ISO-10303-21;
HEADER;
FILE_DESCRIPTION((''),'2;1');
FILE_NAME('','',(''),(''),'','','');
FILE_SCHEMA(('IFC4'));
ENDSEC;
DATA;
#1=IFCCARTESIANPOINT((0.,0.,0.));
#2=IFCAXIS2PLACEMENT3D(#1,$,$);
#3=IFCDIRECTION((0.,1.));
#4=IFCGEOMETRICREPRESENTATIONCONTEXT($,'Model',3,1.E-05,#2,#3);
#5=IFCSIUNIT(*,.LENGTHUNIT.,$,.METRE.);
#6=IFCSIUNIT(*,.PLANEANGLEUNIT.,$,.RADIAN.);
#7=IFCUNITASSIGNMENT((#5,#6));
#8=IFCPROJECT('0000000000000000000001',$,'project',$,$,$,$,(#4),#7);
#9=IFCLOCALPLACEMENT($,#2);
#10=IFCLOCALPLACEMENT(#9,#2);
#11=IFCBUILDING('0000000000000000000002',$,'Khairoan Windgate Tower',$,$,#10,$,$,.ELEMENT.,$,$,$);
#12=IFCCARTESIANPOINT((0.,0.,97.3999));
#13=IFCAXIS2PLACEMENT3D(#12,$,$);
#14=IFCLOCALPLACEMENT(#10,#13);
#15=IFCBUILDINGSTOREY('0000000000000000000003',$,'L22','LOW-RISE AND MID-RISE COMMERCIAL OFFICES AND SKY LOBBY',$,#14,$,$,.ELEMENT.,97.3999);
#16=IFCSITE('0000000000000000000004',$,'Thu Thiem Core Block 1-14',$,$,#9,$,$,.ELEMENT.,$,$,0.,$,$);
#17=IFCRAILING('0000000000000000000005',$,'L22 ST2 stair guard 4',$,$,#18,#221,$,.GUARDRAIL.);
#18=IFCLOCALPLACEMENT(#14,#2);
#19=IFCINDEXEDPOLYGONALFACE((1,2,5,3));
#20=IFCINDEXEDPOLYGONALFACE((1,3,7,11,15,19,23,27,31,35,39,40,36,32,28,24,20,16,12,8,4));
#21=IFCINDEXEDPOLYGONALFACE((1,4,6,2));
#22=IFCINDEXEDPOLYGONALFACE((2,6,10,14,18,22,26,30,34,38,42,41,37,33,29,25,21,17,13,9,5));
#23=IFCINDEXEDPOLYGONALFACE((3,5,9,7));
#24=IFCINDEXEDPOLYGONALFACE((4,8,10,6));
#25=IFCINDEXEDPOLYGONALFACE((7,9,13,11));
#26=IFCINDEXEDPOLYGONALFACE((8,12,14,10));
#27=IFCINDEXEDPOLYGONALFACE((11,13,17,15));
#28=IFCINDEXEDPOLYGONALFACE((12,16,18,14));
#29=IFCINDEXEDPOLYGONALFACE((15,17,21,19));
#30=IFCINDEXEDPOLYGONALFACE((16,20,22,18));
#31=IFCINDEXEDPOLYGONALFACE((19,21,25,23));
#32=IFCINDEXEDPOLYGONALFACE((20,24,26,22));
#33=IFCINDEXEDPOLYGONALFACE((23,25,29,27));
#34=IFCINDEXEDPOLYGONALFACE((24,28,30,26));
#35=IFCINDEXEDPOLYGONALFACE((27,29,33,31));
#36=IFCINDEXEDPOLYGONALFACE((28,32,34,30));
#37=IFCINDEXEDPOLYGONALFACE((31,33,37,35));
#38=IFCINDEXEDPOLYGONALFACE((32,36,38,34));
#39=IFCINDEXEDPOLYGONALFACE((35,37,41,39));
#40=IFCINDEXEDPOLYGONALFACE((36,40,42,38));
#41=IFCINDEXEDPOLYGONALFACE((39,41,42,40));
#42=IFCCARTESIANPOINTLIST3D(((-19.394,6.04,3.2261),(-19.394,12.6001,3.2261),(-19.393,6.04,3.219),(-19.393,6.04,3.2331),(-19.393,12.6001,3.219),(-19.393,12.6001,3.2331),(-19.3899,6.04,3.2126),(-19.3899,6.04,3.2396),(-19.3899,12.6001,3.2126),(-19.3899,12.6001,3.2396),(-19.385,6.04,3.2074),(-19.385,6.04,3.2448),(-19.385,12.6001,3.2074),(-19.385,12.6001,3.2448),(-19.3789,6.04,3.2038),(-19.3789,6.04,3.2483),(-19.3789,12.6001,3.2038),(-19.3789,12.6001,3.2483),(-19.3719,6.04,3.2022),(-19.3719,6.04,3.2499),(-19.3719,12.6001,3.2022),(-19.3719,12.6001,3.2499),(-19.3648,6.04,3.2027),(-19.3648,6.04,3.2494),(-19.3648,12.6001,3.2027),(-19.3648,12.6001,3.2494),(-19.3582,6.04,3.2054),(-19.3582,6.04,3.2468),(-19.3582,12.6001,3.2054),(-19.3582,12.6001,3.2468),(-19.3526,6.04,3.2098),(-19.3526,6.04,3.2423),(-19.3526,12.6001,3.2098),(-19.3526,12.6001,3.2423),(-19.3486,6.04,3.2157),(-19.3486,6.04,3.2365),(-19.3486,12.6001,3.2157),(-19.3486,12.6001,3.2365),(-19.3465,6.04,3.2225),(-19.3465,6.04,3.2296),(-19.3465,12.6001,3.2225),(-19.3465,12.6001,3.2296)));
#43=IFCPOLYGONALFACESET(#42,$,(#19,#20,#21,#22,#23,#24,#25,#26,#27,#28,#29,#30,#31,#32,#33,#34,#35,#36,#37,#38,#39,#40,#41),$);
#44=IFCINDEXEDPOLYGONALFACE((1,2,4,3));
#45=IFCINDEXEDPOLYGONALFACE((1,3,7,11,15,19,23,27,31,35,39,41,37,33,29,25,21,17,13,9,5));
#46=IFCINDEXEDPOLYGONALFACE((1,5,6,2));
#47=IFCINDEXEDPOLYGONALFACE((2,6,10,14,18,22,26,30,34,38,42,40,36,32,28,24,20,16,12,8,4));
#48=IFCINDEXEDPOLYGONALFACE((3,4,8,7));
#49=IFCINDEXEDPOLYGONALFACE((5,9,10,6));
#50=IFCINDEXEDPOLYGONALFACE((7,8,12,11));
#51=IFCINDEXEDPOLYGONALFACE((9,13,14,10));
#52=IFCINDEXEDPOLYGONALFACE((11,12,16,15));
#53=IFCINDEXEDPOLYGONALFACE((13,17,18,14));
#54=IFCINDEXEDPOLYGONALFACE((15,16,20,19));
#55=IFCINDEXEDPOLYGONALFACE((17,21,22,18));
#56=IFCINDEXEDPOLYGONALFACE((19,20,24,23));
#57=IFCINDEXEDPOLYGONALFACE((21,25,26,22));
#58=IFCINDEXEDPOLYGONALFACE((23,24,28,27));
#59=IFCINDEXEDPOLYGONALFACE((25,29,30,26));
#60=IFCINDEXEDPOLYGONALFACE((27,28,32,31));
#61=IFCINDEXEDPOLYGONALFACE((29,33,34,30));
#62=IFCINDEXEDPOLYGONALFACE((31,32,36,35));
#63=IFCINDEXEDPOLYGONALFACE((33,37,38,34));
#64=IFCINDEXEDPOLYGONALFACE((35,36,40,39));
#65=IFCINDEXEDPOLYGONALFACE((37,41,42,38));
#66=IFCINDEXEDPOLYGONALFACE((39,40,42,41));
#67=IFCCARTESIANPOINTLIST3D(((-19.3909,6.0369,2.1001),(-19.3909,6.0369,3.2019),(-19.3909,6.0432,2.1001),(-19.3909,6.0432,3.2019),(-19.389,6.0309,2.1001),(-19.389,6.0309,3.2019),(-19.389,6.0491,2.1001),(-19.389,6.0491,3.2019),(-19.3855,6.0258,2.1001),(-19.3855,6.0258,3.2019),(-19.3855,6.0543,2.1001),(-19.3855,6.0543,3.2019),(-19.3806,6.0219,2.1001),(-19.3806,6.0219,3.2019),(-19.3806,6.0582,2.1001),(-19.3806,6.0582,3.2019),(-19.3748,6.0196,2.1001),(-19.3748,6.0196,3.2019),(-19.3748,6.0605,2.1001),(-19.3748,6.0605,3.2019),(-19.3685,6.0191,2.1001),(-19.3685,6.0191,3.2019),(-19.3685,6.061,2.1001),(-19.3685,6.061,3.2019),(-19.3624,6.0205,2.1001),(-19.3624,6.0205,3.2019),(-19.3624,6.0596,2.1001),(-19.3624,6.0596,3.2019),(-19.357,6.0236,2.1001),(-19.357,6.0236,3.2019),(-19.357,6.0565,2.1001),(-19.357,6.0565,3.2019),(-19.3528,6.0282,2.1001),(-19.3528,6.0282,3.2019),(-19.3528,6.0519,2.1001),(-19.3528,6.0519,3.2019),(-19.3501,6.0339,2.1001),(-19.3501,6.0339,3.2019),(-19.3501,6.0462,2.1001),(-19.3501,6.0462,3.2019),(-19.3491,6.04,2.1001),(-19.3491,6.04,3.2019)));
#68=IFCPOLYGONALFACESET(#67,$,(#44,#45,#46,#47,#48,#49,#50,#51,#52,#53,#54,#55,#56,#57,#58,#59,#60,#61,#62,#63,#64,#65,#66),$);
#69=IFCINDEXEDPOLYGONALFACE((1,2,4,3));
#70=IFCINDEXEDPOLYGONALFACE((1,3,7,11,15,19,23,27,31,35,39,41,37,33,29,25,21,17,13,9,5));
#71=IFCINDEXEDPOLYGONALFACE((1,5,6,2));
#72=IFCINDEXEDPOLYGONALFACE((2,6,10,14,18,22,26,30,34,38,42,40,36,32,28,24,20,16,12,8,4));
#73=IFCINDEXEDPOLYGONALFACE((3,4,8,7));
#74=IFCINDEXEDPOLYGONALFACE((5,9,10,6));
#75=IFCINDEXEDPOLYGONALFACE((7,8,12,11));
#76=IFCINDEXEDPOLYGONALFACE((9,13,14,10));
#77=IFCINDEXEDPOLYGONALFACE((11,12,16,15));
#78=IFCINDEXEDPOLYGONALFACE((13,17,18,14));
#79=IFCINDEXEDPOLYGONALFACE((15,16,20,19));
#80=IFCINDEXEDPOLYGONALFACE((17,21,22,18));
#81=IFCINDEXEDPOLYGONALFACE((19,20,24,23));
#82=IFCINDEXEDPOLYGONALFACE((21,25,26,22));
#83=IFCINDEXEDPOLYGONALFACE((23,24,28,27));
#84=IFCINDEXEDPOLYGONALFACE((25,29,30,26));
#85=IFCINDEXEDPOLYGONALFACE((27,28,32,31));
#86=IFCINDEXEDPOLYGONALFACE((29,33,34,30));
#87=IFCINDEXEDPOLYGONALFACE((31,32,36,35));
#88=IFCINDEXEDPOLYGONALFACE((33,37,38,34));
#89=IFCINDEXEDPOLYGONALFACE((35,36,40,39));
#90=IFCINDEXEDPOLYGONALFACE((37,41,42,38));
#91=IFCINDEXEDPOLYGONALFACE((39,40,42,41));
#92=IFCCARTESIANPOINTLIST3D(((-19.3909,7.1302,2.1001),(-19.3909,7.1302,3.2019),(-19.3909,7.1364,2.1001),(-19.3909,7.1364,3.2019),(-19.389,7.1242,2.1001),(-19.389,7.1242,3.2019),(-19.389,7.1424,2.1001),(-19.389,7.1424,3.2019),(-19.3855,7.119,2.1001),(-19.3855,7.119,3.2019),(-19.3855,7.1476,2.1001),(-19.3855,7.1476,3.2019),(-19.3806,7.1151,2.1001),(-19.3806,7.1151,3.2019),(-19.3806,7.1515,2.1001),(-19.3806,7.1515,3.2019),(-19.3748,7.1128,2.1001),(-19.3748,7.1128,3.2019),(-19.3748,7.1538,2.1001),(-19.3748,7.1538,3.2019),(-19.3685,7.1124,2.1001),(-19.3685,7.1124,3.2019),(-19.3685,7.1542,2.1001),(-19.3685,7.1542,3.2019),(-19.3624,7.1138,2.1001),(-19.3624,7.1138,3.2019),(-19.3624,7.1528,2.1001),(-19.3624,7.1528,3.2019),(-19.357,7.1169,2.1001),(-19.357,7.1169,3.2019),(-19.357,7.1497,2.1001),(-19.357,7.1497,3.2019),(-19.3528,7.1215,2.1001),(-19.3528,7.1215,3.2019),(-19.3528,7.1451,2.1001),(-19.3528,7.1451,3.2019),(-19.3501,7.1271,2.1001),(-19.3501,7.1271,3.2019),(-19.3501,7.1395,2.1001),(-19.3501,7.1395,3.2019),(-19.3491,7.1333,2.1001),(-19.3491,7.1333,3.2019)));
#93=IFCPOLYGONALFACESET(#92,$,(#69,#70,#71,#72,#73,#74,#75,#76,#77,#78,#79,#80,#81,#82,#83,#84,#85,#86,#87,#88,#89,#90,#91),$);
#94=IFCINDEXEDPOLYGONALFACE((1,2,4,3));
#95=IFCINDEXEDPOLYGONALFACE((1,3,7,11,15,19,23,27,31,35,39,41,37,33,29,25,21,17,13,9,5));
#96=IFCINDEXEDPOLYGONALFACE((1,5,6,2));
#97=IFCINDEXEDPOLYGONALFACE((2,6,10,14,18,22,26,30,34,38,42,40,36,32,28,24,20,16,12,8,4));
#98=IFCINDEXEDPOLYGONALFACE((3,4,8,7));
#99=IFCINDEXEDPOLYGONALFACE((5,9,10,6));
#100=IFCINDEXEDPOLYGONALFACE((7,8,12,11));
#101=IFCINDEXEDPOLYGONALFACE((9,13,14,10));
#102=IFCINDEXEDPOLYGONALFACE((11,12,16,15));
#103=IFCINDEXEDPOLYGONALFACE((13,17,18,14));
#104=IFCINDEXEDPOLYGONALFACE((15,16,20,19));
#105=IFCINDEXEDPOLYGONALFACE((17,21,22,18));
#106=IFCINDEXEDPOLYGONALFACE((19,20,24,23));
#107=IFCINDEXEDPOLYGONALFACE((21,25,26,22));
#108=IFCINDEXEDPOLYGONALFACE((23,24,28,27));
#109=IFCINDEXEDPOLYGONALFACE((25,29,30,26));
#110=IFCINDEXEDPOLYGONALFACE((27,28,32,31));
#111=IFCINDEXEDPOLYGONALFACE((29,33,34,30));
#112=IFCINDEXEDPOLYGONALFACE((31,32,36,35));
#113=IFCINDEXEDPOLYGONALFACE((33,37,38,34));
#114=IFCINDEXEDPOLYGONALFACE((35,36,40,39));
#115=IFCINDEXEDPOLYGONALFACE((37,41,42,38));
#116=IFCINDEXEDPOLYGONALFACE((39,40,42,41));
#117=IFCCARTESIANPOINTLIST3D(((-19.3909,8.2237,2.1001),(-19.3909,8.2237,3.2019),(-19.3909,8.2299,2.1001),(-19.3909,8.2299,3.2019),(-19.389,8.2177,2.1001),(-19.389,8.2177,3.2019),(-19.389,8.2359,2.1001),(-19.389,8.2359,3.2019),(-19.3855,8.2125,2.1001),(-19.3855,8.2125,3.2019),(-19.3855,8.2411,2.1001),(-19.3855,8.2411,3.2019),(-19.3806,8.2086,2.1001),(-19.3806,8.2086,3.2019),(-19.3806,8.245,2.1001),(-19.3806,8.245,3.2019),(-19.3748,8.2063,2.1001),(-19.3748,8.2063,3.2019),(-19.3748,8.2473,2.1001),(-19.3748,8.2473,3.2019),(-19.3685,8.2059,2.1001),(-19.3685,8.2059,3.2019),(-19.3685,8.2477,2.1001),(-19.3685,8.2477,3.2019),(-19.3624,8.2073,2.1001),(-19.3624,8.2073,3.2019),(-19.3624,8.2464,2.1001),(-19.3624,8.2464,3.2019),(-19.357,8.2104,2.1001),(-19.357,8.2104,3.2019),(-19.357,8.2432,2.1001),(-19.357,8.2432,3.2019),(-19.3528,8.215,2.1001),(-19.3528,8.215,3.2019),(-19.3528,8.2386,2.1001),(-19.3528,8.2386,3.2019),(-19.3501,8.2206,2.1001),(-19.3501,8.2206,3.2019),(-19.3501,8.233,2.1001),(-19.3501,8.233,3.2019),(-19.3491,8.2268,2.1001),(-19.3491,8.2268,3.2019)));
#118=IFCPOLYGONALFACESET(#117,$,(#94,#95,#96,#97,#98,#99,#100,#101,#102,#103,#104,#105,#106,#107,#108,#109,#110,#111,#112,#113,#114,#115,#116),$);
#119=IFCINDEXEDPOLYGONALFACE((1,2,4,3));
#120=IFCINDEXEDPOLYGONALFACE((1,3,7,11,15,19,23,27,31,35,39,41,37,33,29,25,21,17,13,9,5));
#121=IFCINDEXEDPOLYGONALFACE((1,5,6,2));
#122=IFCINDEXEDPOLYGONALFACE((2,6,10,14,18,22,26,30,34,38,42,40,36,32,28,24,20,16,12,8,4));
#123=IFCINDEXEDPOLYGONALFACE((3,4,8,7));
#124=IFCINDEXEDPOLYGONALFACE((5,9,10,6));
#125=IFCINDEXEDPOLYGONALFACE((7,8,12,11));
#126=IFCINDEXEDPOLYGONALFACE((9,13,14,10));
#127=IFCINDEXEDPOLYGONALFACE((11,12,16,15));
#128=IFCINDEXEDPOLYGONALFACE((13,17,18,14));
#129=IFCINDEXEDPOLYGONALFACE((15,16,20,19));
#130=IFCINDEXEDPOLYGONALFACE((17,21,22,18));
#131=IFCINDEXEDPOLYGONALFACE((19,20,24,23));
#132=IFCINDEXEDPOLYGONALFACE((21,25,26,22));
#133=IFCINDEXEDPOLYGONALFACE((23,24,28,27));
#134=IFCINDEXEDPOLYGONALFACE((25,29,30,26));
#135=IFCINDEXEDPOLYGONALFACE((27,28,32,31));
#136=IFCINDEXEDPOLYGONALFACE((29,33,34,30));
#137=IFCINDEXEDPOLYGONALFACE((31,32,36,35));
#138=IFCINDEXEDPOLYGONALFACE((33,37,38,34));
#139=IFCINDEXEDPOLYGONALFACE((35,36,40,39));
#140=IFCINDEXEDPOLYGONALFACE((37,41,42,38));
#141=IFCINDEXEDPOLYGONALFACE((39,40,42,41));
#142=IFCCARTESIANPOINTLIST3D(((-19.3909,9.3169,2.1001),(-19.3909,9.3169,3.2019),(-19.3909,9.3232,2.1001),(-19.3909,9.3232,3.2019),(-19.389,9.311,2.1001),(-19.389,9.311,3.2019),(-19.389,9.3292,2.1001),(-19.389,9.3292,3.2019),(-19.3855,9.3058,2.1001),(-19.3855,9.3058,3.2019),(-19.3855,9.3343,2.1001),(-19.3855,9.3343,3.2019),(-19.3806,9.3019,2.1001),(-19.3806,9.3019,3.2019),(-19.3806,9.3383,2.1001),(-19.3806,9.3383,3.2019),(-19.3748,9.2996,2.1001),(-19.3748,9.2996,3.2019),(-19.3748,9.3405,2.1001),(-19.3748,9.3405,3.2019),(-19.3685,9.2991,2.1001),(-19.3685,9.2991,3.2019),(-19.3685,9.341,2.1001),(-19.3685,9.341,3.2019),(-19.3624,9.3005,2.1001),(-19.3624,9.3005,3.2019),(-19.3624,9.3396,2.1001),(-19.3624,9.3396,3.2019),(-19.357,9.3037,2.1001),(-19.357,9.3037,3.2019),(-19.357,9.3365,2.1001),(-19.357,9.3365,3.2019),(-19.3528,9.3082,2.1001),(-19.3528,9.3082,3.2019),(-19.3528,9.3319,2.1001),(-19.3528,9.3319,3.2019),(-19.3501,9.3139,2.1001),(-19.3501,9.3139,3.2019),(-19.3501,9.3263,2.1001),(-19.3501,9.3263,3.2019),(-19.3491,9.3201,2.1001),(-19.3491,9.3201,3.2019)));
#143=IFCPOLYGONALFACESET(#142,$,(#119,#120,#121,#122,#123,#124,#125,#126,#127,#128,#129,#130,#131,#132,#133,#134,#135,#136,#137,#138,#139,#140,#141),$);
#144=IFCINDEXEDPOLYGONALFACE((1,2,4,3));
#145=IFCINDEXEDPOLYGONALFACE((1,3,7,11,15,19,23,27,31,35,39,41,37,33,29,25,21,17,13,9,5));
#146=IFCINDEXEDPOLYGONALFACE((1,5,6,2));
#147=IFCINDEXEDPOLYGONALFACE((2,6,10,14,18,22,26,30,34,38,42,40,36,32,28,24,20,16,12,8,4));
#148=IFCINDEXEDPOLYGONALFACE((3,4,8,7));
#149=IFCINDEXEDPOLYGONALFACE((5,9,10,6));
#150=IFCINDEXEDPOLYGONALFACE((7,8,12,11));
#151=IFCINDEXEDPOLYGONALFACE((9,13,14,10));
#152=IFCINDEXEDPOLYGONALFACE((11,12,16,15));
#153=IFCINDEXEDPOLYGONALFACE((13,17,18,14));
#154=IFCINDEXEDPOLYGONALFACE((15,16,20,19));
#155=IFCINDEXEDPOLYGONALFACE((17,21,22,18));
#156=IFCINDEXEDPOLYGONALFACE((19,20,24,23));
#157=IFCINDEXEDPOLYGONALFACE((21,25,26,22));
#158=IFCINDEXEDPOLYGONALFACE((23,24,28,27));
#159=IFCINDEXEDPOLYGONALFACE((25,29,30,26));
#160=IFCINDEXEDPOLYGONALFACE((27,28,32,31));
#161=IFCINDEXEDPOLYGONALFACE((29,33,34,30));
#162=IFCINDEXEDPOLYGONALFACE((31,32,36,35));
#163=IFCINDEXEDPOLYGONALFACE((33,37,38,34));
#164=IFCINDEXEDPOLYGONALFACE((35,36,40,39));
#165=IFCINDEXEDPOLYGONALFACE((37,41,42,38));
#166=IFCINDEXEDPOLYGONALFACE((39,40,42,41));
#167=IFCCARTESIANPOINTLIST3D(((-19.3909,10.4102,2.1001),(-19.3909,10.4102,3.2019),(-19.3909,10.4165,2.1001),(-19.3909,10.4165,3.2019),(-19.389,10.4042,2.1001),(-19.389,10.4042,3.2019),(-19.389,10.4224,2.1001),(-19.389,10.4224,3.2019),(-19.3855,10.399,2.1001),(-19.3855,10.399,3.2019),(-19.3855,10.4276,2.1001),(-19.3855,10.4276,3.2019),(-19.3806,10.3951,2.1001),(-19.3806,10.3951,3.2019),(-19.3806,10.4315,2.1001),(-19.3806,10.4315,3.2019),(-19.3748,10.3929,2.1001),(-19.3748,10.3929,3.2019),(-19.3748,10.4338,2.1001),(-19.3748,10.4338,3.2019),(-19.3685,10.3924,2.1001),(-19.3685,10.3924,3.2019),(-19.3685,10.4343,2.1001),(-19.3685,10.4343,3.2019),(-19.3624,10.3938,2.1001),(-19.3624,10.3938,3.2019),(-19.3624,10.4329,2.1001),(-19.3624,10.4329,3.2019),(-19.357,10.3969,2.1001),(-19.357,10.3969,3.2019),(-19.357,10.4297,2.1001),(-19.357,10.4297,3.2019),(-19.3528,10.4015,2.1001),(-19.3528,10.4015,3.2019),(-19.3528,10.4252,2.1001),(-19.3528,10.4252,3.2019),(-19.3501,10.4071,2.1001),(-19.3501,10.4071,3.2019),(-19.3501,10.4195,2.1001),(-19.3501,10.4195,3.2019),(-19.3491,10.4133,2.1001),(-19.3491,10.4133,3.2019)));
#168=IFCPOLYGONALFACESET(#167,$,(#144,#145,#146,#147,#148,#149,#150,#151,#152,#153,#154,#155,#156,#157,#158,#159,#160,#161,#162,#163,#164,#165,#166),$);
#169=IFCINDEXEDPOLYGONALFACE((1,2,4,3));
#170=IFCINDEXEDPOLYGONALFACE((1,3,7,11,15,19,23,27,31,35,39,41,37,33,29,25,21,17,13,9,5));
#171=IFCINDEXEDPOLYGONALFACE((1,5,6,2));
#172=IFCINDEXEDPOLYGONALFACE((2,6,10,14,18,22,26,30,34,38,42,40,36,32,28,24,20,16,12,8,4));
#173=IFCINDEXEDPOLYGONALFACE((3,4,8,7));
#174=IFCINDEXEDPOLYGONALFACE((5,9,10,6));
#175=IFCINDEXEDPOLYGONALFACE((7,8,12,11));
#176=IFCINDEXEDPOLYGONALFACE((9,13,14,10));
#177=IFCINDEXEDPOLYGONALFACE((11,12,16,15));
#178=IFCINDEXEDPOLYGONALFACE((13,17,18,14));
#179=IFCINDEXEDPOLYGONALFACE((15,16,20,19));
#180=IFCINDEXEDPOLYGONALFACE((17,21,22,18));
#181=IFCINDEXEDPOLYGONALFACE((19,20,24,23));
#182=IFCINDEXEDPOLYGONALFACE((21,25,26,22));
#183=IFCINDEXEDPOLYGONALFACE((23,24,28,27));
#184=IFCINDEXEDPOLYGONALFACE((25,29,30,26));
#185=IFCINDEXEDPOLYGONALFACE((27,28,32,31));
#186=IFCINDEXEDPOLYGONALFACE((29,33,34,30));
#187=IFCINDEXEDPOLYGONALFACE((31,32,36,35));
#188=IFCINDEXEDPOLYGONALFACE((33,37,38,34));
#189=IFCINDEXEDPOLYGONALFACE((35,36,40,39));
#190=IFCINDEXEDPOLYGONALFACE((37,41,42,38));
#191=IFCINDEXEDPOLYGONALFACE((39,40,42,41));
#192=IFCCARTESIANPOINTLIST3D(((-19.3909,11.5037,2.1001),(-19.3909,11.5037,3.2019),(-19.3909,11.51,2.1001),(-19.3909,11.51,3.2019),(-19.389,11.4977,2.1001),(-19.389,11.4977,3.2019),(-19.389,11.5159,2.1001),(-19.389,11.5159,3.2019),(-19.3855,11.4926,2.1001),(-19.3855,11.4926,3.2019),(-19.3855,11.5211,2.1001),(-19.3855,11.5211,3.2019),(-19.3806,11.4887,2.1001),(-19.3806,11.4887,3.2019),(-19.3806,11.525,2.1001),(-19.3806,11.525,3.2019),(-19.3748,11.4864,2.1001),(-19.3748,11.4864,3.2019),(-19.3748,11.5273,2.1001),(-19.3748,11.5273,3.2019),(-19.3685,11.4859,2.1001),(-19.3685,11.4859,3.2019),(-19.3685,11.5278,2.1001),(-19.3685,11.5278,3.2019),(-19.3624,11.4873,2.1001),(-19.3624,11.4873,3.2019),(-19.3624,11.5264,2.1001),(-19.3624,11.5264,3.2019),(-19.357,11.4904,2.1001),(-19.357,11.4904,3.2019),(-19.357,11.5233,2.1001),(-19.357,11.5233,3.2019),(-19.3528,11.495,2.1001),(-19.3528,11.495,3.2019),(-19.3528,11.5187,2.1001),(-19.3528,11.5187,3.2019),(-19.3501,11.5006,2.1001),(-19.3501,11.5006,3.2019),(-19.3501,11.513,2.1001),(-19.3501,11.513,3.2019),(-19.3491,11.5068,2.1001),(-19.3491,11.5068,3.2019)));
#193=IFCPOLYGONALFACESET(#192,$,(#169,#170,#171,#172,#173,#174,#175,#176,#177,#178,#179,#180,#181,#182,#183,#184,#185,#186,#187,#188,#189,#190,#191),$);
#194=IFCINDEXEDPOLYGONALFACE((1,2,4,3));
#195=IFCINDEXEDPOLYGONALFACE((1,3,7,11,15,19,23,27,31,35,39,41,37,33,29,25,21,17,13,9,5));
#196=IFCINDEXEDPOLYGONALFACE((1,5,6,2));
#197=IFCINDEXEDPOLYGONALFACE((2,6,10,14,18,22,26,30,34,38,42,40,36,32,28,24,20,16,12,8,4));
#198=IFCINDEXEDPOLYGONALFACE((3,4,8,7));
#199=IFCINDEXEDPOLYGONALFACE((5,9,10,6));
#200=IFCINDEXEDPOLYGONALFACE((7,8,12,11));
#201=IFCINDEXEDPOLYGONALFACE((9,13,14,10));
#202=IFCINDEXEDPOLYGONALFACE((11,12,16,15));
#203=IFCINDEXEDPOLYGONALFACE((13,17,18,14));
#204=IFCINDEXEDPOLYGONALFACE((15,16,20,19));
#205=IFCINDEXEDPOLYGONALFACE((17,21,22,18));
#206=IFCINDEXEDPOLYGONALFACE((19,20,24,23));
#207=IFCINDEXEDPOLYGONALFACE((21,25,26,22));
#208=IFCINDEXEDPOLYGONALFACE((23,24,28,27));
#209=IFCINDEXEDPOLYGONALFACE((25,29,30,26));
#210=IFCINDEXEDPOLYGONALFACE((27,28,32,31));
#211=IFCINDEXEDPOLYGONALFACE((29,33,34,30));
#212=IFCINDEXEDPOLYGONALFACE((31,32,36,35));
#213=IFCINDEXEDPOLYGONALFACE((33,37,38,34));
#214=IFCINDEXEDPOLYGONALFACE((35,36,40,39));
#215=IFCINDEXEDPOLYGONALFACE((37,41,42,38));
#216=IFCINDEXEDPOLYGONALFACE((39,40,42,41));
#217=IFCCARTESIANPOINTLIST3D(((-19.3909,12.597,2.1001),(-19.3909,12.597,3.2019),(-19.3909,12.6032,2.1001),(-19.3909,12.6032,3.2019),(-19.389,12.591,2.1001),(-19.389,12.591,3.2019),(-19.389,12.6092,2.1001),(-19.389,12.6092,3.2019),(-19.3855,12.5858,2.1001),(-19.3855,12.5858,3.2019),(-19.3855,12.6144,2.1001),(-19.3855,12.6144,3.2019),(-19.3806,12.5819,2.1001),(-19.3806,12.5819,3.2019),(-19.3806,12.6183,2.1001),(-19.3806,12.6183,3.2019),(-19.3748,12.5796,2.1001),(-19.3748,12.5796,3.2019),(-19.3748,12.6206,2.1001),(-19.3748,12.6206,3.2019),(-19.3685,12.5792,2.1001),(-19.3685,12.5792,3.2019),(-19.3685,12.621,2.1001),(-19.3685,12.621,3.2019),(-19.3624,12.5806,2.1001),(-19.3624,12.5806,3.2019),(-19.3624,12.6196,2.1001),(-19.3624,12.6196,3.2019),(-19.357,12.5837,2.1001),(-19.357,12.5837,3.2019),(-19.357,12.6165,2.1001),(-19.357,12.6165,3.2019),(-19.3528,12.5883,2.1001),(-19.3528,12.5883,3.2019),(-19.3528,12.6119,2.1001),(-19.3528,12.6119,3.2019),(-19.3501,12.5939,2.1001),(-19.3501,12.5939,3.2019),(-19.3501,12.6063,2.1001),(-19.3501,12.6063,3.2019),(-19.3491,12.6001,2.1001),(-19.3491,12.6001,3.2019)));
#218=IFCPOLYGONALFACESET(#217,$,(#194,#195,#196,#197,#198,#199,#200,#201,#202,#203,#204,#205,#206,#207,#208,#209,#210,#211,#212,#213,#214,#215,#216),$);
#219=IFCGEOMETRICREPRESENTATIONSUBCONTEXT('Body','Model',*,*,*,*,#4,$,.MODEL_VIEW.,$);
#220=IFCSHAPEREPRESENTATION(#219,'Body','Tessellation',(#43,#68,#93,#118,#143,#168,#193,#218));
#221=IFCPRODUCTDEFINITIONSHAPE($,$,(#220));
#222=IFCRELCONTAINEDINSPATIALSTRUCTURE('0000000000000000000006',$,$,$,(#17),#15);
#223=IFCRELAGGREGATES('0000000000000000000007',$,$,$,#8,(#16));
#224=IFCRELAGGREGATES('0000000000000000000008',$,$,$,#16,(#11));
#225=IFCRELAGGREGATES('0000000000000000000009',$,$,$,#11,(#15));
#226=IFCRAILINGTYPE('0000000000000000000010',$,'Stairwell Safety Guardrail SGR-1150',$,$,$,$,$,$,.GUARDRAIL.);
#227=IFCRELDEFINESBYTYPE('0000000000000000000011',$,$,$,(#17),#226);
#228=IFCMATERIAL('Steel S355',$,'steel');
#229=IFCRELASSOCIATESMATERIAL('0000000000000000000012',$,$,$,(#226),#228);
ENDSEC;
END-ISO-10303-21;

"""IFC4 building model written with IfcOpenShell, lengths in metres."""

from ifc_helpers import new_model, si_unit, direction, frame, origin, origin_2d, place, context, subcontext, project, spatial, circle, extrude, material, type_object, element, save


model = new_model("IFC4")

# Units and contexts
model_context = context("Model", 3, precision=1e-05, world=origin(), true_north=direction((0.0, 1.0)))
body_context = subcontext(model_context, "Body", "Model", "MODEL_VIEW")
ifc_project = project(units=[si_unit("LENGTHUNIT", "METRE"), si_unit("PLANEANGLEUNIT", "RADIAN")], contexts=[model_context])

# Site, building, storey
site_placement = place(None, origin())
site = spatial("IfcSite", under=ifc_project, at=site_placement, Name="Thu Thiem Core Block 1-14", CompositionType="ELEMENT", RefElevation=0.0)
building_placement = place(site_placement, origin())
building = spatial("IfcBuilding", under=site, at=building_placement, Name="Khairoan Windgate Tower", CompositionType="ELEMENT")
storey_placement = place(building_placement, frame((0.0, 0.0, 97.3999)))
storey = spatial("IfcBuildingStorey", under=building, at=storey_placement, Name="L22", Description="LOW-RISE AND MID-RISE COMMERCIAL OFFICES AND SKY LOBBY", CompositionType="ELEMENT", Elevation=97.3999)

# Railing
ifc_material_1 = material(Name="Steel S355", Category="steel")
railing_type_1 = type_object("IfcRailingType", Name="Stairwell Safety Guardrail SGR-1150", PredefinedType="GUARDRAIL", material=ifc_material_1)
railing_1_placement = place(storey_placement, frame((-19.3701, 6.04, 2.1001)))
element("IfcRailing", 1, at=railing_1_placement, inside=storey, type_object=railing_type_1, Name="L22 ST2 stair guard 4", PredefinedType="GUARDRAIL", context=body_context, shape_type="SweptSolid", body=[
    extrude(circle(Radius=0.0239, at=origin_2d()), frame((0.0, 0.0, 1.126), z_axis=(0.0, 1.0, 0.0), x_axis=(-1.0, 0.0, 0.0)), (0.0, 0.0, 1.0), 6.5601),
    extrude(circle(Radius=0.021, at=origin_2d()), origin(), (0.0, 0.0, 1.0), 1.1018),
    extrude(circle(Radius=0.021, at=origin_2d()), frame((0.0, 1.0933, 0.0)), (0.0, 0.0, 1.0), 1.1018),
    extrude(circle(Radius=0.021, at=origin_2d()), frame((0.0, 2.1868, 0.0)), (0.0, 0.0, 1.0), 1.1018),
    extrude(circle(Radius=0.021, at=origin_2d()), frame((0.0, 3.28, 0.0)), (0.0, 0.0, 1.0), 1.1018),
    extrude(circle(Radius=0.021, at=origin_2d()), frame((0.0, 4.3733, 0.0)), (0.0, 0.0, 1.0), 1.1018),
    extrude(circle(Radius=0.021, at=origin_2d()), frame((0.0, 5.4668, 0.0)), (0.0, 0.0, 1.0), 1.1018),
    extrude(circle(Radius=0.021, at=origin_2d()), frame((0.0, 6.5601, 0.0)), (0.0, 0.0, 1.0), 1.1018),
])

save(model, "model.ifc")
